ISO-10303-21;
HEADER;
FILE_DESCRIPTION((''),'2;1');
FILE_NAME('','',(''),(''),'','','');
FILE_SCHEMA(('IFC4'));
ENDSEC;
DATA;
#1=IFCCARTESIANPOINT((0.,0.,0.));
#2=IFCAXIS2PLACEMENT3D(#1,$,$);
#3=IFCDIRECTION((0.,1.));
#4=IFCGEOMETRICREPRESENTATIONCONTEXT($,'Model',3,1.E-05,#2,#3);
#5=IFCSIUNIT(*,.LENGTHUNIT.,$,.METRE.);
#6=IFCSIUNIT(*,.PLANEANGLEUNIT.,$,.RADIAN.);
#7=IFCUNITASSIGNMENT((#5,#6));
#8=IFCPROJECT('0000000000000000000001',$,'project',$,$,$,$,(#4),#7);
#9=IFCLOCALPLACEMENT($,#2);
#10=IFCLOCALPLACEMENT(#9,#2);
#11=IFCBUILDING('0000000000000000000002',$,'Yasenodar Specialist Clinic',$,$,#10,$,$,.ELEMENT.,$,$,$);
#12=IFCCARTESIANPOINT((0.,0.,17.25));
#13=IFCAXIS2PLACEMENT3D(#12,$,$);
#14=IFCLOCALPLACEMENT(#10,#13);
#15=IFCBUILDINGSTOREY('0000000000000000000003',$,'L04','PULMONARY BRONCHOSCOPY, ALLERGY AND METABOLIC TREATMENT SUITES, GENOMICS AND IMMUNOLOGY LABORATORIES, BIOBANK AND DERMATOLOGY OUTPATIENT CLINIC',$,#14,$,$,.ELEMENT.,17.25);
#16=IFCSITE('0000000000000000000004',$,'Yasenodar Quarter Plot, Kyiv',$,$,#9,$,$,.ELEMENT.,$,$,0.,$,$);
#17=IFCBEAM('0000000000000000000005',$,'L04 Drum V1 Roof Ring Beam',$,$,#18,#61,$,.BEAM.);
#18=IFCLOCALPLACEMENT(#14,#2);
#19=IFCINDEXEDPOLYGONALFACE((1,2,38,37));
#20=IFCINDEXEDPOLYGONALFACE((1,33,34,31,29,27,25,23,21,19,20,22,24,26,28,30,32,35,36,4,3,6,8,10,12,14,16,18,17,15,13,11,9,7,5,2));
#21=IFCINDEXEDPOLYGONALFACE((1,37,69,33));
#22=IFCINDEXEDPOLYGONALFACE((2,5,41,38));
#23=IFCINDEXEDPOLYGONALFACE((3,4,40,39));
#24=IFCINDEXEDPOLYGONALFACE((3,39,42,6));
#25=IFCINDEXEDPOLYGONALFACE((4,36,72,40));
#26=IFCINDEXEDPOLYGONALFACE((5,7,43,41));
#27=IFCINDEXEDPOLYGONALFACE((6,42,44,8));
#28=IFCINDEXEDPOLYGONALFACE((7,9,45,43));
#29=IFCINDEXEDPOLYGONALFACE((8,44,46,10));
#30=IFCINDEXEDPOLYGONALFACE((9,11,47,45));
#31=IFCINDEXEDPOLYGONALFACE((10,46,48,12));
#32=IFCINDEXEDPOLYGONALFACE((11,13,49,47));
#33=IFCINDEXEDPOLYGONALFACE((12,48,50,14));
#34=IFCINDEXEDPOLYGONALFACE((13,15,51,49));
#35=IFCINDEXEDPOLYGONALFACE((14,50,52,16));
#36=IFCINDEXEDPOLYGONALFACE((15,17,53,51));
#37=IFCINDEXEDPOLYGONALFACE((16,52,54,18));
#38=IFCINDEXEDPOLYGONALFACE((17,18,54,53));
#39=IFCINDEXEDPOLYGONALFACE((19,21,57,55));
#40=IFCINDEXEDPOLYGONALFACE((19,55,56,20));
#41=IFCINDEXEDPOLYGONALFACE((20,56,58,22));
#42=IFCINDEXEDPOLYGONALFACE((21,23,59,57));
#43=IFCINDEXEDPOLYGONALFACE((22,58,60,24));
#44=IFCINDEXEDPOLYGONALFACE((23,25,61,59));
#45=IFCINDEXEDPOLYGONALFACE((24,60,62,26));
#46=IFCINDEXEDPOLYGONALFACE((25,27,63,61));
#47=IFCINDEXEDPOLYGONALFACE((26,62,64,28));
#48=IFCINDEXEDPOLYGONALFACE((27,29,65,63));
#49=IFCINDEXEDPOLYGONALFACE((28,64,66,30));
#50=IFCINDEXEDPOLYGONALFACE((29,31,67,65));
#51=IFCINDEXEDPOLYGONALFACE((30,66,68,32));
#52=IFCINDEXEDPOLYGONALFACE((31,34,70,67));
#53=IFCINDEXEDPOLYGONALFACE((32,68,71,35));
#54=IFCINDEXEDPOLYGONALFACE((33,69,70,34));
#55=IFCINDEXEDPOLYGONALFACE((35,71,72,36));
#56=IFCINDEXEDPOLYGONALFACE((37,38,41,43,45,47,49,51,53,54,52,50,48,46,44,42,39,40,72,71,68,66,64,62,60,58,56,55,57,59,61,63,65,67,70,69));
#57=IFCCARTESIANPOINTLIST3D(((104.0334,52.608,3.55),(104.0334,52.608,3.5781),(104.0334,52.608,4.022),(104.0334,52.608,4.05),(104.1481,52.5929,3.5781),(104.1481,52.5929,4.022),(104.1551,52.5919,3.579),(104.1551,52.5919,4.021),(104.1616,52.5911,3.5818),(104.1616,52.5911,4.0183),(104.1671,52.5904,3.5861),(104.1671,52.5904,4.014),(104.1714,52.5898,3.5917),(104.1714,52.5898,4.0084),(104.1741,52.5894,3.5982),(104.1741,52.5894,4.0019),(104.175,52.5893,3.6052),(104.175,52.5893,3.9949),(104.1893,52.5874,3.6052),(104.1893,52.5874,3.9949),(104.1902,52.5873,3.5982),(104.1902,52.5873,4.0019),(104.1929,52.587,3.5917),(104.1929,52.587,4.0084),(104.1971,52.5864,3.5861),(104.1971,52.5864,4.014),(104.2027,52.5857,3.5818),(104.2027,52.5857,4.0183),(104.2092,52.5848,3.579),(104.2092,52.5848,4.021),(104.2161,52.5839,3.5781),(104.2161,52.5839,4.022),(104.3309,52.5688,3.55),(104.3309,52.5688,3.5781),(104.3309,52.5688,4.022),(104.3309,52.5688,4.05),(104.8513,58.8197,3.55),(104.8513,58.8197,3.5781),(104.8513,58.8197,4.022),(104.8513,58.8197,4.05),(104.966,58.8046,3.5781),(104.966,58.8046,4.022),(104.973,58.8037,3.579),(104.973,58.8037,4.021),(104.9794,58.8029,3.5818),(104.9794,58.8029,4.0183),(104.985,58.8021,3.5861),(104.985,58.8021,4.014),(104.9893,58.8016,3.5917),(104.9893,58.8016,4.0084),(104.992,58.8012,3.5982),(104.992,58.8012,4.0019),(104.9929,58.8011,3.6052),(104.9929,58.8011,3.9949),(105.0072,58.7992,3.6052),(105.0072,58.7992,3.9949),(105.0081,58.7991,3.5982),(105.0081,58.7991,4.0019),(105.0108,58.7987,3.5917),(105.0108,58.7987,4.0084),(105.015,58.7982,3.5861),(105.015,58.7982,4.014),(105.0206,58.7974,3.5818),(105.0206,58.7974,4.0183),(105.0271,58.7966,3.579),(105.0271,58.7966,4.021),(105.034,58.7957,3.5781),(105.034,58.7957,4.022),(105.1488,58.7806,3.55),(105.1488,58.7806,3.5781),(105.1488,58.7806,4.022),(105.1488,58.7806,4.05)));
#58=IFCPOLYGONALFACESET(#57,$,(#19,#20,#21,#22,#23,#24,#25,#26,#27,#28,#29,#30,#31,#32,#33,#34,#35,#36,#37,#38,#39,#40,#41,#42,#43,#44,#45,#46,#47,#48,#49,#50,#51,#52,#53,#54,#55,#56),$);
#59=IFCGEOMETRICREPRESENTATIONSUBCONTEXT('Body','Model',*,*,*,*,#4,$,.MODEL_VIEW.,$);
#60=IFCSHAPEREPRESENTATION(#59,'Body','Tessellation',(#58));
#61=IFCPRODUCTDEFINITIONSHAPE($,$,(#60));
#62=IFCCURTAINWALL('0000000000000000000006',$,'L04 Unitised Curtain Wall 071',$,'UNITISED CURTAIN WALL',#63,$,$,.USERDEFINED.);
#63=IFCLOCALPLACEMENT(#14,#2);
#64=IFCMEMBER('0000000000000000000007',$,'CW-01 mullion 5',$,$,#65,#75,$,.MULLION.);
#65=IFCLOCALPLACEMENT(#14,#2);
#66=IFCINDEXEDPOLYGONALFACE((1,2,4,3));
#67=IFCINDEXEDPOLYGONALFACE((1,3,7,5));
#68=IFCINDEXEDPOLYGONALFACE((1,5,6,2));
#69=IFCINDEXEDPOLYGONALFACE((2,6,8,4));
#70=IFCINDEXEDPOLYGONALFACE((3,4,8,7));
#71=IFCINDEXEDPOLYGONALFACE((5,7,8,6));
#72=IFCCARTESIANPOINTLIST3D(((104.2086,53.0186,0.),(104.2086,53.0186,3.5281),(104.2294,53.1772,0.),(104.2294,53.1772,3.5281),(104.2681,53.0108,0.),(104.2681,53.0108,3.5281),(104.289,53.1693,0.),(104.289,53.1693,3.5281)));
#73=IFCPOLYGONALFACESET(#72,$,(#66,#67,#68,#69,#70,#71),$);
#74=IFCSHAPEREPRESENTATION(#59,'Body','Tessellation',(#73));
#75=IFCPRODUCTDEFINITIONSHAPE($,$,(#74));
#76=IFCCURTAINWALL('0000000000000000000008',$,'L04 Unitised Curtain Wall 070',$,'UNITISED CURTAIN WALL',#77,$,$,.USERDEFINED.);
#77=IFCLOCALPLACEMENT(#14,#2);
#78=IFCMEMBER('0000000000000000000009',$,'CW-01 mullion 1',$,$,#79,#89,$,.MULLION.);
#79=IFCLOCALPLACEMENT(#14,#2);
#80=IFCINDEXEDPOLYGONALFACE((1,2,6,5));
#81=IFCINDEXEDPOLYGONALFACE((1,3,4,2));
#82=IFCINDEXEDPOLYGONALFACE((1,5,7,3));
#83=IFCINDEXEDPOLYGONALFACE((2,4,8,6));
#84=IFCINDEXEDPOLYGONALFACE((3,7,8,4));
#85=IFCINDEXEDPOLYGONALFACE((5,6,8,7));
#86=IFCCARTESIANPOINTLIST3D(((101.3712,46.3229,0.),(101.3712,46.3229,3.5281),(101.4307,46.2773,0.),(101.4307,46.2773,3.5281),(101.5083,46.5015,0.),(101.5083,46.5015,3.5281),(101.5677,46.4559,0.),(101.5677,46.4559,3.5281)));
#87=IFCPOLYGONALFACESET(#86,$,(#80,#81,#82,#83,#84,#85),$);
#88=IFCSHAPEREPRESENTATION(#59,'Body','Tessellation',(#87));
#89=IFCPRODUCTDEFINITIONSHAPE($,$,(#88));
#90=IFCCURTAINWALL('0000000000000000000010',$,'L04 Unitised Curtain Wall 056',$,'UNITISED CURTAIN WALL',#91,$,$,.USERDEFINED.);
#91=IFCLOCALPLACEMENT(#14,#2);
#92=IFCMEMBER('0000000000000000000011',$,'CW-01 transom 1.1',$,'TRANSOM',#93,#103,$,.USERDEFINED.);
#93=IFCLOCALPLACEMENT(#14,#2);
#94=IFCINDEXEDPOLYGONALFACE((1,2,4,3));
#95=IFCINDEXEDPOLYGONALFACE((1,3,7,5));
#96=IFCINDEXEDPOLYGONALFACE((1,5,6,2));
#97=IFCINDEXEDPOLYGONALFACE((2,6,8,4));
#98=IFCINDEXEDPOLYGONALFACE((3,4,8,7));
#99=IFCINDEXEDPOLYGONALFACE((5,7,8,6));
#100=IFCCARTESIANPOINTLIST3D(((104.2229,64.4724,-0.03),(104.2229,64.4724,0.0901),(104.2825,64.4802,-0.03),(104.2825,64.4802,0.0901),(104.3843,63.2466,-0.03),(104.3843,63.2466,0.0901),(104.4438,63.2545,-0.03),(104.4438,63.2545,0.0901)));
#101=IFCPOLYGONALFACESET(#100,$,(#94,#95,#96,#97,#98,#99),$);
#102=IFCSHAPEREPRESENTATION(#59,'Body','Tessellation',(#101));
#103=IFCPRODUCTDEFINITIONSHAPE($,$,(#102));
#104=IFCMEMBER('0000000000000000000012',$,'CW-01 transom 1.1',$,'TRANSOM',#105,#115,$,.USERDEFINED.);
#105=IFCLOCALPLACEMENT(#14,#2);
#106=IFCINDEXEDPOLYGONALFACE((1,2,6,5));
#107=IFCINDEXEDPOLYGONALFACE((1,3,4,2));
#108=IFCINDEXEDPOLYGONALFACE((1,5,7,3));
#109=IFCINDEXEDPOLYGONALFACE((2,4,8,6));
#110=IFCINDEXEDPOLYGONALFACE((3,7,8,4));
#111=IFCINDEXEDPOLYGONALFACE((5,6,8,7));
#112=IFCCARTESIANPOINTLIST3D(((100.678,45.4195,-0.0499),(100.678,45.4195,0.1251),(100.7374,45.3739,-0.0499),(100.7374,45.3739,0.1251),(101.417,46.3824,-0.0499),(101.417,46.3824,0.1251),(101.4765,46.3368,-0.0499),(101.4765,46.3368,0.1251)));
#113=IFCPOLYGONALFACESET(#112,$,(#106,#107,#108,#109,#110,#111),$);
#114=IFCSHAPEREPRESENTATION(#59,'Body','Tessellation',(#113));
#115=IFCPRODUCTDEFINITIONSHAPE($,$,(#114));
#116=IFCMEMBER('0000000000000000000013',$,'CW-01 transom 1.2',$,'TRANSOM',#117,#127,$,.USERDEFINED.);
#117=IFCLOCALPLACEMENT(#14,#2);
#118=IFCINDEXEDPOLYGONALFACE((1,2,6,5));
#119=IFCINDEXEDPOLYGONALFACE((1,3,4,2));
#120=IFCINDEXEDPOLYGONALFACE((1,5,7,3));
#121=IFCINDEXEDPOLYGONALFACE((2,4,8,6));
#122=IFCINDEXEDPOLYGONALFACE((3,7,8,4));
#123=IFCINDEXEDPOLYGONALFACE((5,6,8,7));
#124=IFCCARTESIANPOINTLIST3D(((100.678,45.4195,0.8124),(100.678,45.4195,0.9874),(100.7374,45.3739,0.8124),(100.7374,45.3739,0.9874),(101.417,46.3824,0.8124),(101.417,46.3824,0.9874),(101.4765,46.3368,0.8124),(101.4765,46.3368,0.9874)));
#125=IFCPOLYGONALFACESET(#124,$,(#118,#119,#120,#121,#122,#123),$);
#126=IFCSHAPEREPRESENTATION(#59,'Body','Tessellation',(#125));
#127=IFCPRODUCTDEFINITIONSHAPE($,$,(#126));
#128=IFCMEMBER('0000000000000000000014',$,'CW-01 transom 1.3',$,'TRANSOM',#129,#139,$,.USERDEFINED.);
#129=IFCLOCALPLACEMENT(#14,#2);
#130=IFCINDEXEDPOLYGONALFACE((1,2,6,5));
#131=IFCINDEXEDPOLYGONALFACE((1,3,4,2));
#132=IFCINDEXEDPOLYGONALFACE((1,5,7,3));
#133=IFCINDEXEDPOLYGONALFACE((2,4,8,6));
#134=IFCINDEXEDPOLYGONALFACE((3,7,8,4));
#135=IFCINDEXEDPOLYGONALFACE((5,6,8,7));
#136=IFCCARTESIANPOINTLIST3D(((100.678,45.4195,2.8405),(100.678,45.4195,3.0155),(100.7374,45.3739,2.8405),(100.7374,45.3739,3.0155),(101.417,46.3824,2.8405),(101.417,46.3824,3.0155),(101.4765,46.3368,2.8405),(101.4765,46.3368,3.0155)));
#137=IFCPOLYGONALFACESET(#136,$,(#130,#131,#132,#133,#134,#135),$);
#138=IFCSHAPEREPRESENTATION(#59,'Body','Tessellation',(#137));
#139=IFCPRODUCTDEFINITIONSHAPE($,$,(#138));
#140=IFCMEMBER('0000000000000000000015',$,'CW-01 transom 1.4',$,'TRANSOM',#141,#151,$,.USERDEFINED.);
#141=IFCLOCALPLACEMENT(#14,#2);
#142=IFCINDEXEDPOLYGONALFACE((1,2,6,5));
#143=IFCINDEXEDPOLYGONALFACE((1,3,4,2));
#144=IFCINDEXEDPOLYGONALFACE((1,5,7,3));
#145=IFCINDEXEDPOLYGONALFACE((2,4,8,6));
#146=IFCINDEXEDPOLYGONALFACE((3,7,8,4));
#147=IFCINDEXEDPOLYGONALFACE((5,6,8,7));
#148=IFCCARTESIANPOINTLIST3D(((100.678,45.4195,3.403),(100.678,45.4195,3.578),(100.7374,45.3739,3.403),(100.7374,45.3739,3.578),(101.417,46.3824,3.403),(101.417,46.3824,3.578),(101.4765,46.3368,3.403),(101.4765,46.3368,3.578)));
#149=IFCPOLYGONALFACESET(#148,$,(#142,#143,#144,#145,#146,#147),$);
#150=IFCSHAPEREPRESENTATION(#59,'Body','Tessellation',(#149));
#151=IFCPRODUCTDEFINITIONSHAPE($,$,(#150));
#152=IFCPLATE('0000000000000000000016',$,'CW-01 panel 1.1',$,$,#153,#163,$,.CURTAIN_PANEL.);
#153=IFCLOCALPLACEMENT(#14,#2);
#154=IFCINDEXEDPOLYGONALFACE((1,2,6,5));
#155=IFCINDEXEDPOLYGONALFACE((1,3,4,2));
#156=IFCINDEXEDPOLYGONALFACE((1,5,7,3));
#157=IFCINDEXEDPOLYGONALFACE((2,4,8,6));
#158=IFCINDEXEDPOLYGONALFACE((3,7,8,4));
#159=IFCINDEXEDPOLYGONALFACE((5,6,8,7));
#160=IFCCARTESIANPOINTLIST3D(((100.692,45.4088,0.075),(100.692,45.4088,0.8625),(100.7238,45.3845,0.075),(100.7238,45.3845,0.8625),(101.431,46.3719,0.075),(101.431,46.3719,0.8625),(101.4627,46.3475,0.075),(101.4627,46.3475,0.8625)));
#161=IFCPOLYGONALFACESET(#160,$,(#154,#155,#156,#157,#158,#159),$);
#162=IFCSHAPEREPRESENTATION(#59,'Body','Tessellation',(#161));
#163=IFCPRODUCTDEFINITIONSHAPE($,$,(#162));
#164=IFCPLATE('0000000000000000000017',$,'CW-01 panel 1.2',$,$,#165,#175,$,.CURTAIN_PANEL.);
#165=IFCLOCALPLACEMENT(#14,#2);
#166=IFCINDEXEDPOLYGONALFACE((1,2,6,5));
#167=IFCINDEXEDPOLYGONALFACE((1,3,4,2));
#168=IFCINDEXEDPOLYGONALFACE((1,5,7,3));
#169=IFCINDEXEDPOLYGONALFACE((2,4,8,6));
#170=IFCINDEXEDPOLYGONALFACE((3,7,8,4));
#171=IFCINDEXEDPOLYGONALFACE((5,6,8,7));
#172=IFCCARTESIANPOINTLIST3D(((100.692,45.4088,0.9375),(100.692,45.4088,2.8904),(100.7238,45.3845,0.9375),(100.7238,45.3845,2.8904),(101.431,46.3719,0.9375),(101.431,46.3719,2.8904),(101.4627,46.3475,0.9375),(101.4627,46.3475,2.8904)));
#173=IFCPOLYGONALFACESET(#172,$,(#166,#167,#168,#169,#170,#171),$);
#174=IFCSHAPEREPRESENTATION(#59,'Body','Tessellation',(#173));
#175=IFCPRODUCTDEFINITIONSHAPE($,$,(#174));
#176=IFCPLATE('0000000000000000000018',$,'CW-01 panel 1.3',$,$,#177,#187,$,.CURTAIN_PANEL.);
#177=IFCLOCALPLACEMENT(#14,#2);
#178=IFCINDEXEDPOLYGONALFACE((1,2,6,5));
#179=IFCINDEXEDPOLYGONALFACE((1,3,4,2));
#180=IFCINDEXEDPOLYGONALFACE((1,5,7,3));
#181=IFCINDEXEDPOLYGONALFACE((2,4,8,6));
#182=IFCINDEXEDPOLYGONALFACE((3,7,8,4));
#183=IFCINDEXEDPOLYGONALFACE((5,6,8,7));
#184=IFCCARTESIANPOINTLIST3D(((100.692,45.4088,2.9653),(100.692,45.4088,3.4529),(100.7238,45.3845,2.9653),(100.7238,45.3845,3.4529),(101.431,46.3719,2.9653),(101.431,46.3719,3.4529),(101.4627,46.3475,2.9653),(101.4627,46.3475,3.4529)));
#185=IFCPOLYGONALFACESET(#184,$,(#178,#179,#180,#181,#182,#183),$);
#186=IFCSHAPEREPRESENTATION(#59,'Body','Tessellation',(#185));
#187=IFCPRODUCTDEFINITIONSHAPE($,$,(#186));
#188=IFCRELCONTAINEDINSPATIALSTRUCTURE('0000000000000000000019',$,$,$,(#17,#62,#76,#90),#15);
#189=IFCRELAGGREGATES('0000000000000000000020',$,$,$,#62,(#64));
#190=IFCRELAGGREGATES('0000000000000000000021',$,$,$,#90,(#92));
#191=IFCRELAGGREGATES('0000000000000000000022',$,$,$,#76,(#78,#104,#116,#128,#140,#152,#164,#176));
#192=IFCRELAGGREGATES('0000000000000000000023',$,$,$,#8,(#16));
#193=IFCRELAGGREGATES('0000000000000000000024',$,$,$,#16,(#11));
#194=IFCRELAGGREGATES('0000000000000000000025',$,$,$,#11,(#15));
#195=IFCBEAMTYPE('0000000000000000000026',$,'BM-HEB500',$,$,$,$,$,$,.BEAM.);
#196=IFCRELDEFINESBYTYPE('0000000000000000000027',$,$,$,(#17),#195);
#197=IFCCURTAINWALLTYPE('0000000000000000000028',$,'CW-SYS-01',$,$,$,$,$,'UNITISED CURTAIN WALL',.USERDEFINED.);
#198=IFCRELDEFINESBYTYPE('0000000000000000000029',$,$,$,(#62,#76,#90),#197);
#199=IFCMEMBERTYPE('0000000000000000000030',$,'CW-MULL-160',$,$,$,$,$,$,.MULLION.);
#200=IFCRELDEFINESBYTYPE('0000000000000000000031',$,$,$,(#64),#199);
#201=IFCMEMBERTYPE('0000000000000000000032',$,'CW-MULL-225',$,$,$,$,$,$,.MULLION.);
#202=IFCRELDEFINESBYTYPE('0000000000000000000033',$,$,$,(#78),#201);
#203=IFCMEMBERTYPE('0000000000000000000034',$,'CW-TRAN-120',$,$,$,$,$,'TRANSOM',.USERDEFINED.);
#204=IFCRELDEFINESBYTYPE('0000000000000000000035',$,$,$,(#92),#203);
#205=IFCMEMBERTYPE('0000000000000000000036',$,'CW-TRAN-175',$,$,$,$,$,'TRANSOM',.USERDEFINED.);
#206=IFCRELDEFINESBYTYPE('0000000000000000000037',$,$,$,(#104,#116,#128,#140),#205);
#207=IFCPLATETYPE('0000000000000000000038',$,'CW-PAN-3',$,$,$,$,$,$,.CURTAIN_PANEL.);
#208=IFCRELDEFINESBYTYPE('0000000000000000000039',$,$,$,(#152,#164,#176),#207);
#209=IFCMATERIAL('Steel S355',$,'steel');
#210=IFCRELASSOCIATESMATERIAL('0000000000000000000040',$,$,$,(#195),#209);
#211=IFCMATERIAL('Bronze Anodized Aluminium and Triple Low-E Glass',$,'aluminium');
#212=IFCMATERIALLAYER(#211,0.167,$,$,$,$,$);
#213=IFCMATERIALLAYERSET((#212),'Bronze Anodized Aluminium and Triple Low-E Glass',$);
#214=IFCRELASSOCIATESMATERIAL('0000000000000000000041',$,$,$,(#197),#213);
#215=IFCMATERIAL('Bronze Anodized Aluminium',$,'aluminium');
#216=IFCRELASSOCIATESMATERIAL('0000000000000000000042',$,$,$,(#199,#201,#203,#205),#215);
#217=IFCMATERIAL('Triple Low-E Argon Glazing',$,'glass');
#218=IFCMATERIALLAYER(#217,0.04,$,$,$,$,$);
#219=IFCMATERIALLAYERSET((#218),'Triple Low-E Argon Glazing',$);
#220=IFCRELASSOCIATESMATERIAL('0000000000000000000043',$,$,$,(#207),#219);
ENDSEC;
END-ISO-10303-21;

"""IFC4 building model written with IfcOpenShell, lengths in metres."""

from ifc_helpers import new_model, si_unit, direction, frame, origin, origin_2d, place, context, subcontext, project, spatial, rectangle, i_section, extrude, material, layer, layer_set, material_profile, profile_set, type_object, element, aggregate, save


model = new_model("IFC4")

# Units and contexts
model_context = context("Model", 3, precision=1e-05, world=origin(), true_north=direction((0.0, 1.0)))
body_context = subcontext(model_context, "Body", "Model", "MODEL_VIEW")
ifc_project = project(units=[si_unit("LENGTHUNIT", "METRE"), si_unit("PLANEANGLEUNIT", "RADIAN")], contexts=[model_context])

# Site, building, storey
site_placement = place(None, origin())
site = spatial("IfcSite", under=ifc_project, at=site_placement, Name="Yasenodar Quarter Plot, Kyiv", CompositionType="ELEMENT", RefElevation=0.0)
building_placement = place(site_placement, origin())
building = spatial("IfcBuilding", under=site, at=building_placement, Name="Yasenodar Specialist Clinic", CompositionType="ELEMENT")
storey_placement = place(building_placement, frame((0.0, 0.0, 17.25)))
storey = spatial("IfcBuildingStorey", under=building, at=storey_placement, Name="L04", Description="PULMONARY BRONCHOSCOPY, ALLERGY AND METABOLIC TREATMENT SUITES, GENOMICS AND IMMUNOLOGY LABORATORIES, BIOBANK AND DERMATOLOGY OUTPATIENT CLINIC", CompositionType="ELEMENT", Elevation=17.25)

# Shared definitions
ifc_material_1 = material(Name="Steel S355", Category="steel")

# Beam
ifc_material_profile_1 = material_profile(ifc_material_1, i_section(OverallWidth=0.3, OverallDepth=0.5, WebThickness=0.0144, FlangeThickness=0.0281, FilletRadius=0.0271, at=origin_2d()), Name="HEB 500")
ifc_profile_set_1 = profile_set([ifc_material_profile_1], Name="Steel S355")
beam_type = type_object("IfcBeamType", Name="BM-HEB500", PredefinedType="BEAM", material=ifc_profile_set_1)
beam_1_placement = place(storey_placement, frame((104.1821, 52.5884, 3.8), z_axis=(0.13054, 0.991443, 0.0), x_axis=(-0.991443, 0.13054, 0.0)))
element("IfcBeam", 1, at=beam_1_placement, inside=storey, type_object=beam_type, Name="L04 Drum V1 Roof Ring Beam", PredefinedType="BEAM", context=body_context, shape_type="SweptSolid", body=[
    extrude(i_section(OverallWidth=0.3, OverallDepth=0.5, WebThickness=0.0144, FlangeThickness=0.0281, FilletRadius=0.0271, at=origin_2d()), origin(), (0.0, 0.0, 1.0), 6.2654),
])

# Curtain walls, members
ifc_material_2 = material(Name="Bronze Anodized Aluminium and Triple Low-E Glass", Category="aluminium")
ifc_layer_1 = layer(ifc_material_2, 0.167)
ifc_layer_set_1 = layer_set([ifc_layer_1], Name="Bronze Anodized Aluminium and Triple Low-E Glass")
curtain_wall_type = type_object("IfcCurtainWallType", Name="CW-SYS-01", ElementType="UNITISED CURTAIN WALL", PredefinedType="USERDEFINED", material=ifc_layer_set_1)
curtain_wall_1_placement = place(storey_placement, origin())
curtain_wall_1 = element("IfcCurtainWall", 2, at=curtain_wall_1_placement, inside=storey, type_object=curtain_wall_type, Name="L04 Unitised Curtain Wall 071", ObjectType="UNITISED CURTAIN WALL", PredefinedType="USERDEFINED")
ifc_material_3 = material(Name="Bronze Anodized Aluminium", Category="aluminium")
ifc_material_profile_2 = material_profile(ifc_material_3, rectangle(XDim=0.0601, YDim=0.1599, at=origin_2d()), Name="CW-MULL 60x160")
ifc_profile_set_2 = profile_set([ifc_material_profile_2], Name="Bronze Anodized Aluminium")
member_type_1 = type_object("IfcMemberType", Name="CW-MULL-160", PredefinedType="MULLION", material=ifc_profile_set_2)
member_1_placement = place(storey_placement, frame((104.2488, 53.094, 0.0), z_axis=(0.0, 0.0, 1.0), x_axis=(0.991447, -0.130512, 0.0)))
member_1 = element("IfcMember", 3, at=member_1_placement, type_object=member_type_1, Name="CW-01 mullion 5", PredefinedType="MULLION", context=body_context, shape_type="SweptSolid", body=[
    extrude(rectangle(XDim=0.0601, YDim=0.1599, at=origin_2d()), origin(), (0.0, 0.0, 1.0), 3.5281),
])
aggregate(curtain_wall_1, [member_1])
curtain_wall_2_placement = place(storey_placement, origin())
curtain_wall_2 = element("IfcCurtainWall", 4, at=curtain_wall_2_placement, inside=storey, type_object=curtain_wall_type, Name="L04 Unitised Curtain Wall 070", ObjectType="UNITISED CURTAIN WALL", PredefinedType="USERDEFINED")
ifc_material_profile_3 = material_profile(ifc_material_3, rectangle(XDim=0.075, YDim=0.2251, at=origin_2d()), Name="CW-MULL 75x225")
ifc_profile_set_3 = profile_set([ifc_material_profile_3], Name="Bronze Anodized Aluminium")
member_type_2 = type_object("IfcMemberType", Name="CW-MULL-225", PredefinedType="MULLION", material=ifc_profile_set_3)
member_2_placement = place(storey_placement, frame((101.4695, 46.3894, 0.0), z_axis=(0.0, 0.0, 1.0), x_axis=(0.793361, -0.608752, 0.0)))
member_2 = element("IfcMember", 5, at=member_2_placement, type_object=member_type_2, Name="CW-01 mullion 1", PredefinedType="MULLION", context=body_context, shape_type="SweptSolid", body=[
    extrude(rectangle(XDim=0.075, YDim=0.2251, at=origin_2d()), origin(), (0.0, 0.0, 1.0), 3.5281),
])
curtain_wall_3_placement = place(storey_placement, origin())
curtain_wall_3 = element("IfcCurtainWall", 6, at=curtain_wall_3_placement, inside=storey, type_object=curtain_wall_type, Name="L04 Unitised Curtain Wall 056", ObjectType="UNITISED CURTAIN WALL", PredefinedType="USERDEFINED")
ifc_material_profile_4 = material_profile(ifc_material_3, rectangle(XDim=0.0601, YDim=0.1201, at=origin_2d()), Name="CW-TRAN 60x120")
ifc_profile_set_4 = profile_set([ifc_material_profile_4], Name="Bronze Anodized Aluminium")
member_type_3 = type_object("IfcMemberType", Name="CW-TRAN-120", ElementType="TRANSOM", PredefinedType="USERDEFINED", material=ifc_profile_set_4)
member_3_placement = place(storey_placement, frame((104.2527, 64.4763, 0.03), z_axis=(0.130521, -0.991446, 0.0), x_axis=(0.991446, 0.130521, 0.0)))
member_3 = element("IfcMember", 7, at=member_3_placement, type_object=member_type_3, Name="CW-01 transom 1.1", ObjectType="TRANSOM", PredefinedType="USERDEFINED", context=body_context, shape_type="SweptSolid", body=[
    extrude(rectangle(XDim=0.0601, YDim=0.1201, at=origin_2d()), origin(), (0.0, 0.0, 1.0), 1.2363),
])
aggregate(curtain_wall_3, [member_3])

# Members
ifc_material_profile_5 = material_profile(ifc_material_3, rectangle(XDim=0.075, YDim=0.175, at=origin_2d()), Name="CW-TRAN 75x175")
ifc_profile_set_5 = profile_set([ifc_material_profile_5], Name="Bronze Anodized Aluminium")
member_type_4 = type_object("IfcMemberType", Name="CW-TRAN-175", ElementType="TRANSOM", PredefinedType="USERDEFINED", material=ifc_profile_set_5)
member_4_placement = place(storey_placement, frame((101.4468, 46.3596, 0.0376), z_axis=(-0.608845, -0.793289, 0.0), x_axis=(0.793289, -0.608845, 0.0)))
member_4 = element("IfcMember", 8, at=member_4_placement, type_object=member_type_4, Name="CW-01 transom 1.1", ObjectType="TRANSOM", PredefinedType="USERDEFINED", context=body_context, shape_type="SweptSolid", body=[
    extrude(rectangle(XDim=0.075, YDim=0.175, at=origin_2d()), origin(), (0.0, 0.0, 1.0), 1.2139),
])
member_5_placement = place(storey_placement, frame((101.4468, 46.3596, 0.8999), z_axis=(-0.608845, -0.793289, 0.0), x_axis=(0.793289, -0.608845, 0.0)))
member_5 = element("IfcMember", 9, at=member_5_placement, type_object=member_type_4, Name="CW-01 transom 1.2", ObjectType="TRANSOM", PredefinedType="USERDEFINED", context=body_context, shape_type="SweptSolid", body=[
    extrude(rectangle(XDim=0.075, YDim=0.175, at=origin_2d()), origin(), (0.0, 0.0, 1.0), 1.2139),
])
member_6_placement = place(storey_placement, frame((101.4468, 46.3596, 2.928), z_axis=(-0.608845, -0.793289, 0.0), x_axis=(0.793289, -0.608845, 0.0)))
member_6 = element("IfcMember", 10, at=member_6_placement, type_object=member_type_4, Name="CW-01 transom 1.3", ObjectType="TRANSOM", PredefinedType="USERDEFINED", context=body_context, shape_type="SweptSolid", body=[
    extrude(rectangle(XDim=0.075, YDim=0.175, at=origin_2d()), origin(), (0.0, 0.0, 1.0), 1.2139),
])
member_7_placement = place(storey_placement, frame((101.4468, 46.3596, 3.4905), z_axis=(-0.608845, -0.793289, 0.0), x_axis=(0.793289, -0.608845, 0.0)))
member_7 = element("IfcMember", 11, at=member_7_placement, type_object=member_type_4, Name="CW-01 transom 1.4", ObjectType="TRANSOM", PredefinedType="USERDEFINED", context=body_context, shape_type="SweptSolid", body=[
    extrude(rectangle(XDim=0.075, YDim=0.175, at=origin_2d()), origin(), (0.0, 0.0, 1.0), 1.2139),
])

# Plates
ifc_material_4 = material(Name="Triple Low-E Argon Glazing", Category="glass")
ifc_layer_2 = layer(ifc_material_4, 0.04)
ifc_layer_set_2 = layer_set([ifc_layer_2], Name="Triple Low-E Argon Glazing")
plate_type_1 = type_object("IfcPlateType", Name="CW-PAN-3", PredefinedType="CURTAIN_PANEL", material=ifc_layer_set_2)
plate_1_placement = place(storey_placement, frame((101.0774, 45.8782, 0.075), z_axis=(0.0, 0.0, 1.0), x_axis=(-0.608752, -0.793361, 0.0)))
plate_1 = element("IfcPlate", 12, at=plate_1_placement, type_object=plate_type_1, Name="CW-01 panel 1.1", PredefinedType="CURTAIN_PANEL", context=body_context, shape_type="SweptSolid", body=[
    extrude(rectangle(XDim=1.2139, YDim=0.04, at=origin_2d()), origin(), (0.0, 0.0, 1.0), 0.7876),
])
plate_2_placement = place(storey_placement, frame((101.0774, 45.8782, 0.9375), z_axis=(0.0, 0.0, 1.0), x_axis=(-0.608752, -0.793361, 0.0)))
plate_2 = element("IfcPlate", 13, at=plate_2_placement, type_object=plate_type_1, Name="CW-01 panel 1.2", PredefinedType="CURTAIN_PANEL", context=body_context, shape_type="SweptSolid", body=[
    extrude(rectangle(XDim=1.2139, YDim=0.04, at=origin_2d()), origin(), (0.0, 0.0, 1.0), 1.9529),
])
plate_3_placement = place(storey_placement, frame((101.0774, 45.8782, 2.9653), z_axis=(0.0, 0.0, 1.0), x_axis=(-0.608752, -0.793361, 0.0)))
plate_3 = element("IfcPlate", 14, at=plate_3_placement, type_object=plate_type_1, Name="CW-01 panel 1.3", PredefinedType="CURTAIN_PANEL", context=body_context, shape_type="SweptSolid", body=[
    extrude(rectangle(XDim=1.2139, YDim=0.04, at=origin_2d()), origin(), (0.0, 0.0, 1.0), 0.4875),
])
aggregate(curtain_wall_2, [member_2, member_4, member_5, member_6, member_7, plate_1, plate_2, plate_3])

save(model, "model.ifc")
